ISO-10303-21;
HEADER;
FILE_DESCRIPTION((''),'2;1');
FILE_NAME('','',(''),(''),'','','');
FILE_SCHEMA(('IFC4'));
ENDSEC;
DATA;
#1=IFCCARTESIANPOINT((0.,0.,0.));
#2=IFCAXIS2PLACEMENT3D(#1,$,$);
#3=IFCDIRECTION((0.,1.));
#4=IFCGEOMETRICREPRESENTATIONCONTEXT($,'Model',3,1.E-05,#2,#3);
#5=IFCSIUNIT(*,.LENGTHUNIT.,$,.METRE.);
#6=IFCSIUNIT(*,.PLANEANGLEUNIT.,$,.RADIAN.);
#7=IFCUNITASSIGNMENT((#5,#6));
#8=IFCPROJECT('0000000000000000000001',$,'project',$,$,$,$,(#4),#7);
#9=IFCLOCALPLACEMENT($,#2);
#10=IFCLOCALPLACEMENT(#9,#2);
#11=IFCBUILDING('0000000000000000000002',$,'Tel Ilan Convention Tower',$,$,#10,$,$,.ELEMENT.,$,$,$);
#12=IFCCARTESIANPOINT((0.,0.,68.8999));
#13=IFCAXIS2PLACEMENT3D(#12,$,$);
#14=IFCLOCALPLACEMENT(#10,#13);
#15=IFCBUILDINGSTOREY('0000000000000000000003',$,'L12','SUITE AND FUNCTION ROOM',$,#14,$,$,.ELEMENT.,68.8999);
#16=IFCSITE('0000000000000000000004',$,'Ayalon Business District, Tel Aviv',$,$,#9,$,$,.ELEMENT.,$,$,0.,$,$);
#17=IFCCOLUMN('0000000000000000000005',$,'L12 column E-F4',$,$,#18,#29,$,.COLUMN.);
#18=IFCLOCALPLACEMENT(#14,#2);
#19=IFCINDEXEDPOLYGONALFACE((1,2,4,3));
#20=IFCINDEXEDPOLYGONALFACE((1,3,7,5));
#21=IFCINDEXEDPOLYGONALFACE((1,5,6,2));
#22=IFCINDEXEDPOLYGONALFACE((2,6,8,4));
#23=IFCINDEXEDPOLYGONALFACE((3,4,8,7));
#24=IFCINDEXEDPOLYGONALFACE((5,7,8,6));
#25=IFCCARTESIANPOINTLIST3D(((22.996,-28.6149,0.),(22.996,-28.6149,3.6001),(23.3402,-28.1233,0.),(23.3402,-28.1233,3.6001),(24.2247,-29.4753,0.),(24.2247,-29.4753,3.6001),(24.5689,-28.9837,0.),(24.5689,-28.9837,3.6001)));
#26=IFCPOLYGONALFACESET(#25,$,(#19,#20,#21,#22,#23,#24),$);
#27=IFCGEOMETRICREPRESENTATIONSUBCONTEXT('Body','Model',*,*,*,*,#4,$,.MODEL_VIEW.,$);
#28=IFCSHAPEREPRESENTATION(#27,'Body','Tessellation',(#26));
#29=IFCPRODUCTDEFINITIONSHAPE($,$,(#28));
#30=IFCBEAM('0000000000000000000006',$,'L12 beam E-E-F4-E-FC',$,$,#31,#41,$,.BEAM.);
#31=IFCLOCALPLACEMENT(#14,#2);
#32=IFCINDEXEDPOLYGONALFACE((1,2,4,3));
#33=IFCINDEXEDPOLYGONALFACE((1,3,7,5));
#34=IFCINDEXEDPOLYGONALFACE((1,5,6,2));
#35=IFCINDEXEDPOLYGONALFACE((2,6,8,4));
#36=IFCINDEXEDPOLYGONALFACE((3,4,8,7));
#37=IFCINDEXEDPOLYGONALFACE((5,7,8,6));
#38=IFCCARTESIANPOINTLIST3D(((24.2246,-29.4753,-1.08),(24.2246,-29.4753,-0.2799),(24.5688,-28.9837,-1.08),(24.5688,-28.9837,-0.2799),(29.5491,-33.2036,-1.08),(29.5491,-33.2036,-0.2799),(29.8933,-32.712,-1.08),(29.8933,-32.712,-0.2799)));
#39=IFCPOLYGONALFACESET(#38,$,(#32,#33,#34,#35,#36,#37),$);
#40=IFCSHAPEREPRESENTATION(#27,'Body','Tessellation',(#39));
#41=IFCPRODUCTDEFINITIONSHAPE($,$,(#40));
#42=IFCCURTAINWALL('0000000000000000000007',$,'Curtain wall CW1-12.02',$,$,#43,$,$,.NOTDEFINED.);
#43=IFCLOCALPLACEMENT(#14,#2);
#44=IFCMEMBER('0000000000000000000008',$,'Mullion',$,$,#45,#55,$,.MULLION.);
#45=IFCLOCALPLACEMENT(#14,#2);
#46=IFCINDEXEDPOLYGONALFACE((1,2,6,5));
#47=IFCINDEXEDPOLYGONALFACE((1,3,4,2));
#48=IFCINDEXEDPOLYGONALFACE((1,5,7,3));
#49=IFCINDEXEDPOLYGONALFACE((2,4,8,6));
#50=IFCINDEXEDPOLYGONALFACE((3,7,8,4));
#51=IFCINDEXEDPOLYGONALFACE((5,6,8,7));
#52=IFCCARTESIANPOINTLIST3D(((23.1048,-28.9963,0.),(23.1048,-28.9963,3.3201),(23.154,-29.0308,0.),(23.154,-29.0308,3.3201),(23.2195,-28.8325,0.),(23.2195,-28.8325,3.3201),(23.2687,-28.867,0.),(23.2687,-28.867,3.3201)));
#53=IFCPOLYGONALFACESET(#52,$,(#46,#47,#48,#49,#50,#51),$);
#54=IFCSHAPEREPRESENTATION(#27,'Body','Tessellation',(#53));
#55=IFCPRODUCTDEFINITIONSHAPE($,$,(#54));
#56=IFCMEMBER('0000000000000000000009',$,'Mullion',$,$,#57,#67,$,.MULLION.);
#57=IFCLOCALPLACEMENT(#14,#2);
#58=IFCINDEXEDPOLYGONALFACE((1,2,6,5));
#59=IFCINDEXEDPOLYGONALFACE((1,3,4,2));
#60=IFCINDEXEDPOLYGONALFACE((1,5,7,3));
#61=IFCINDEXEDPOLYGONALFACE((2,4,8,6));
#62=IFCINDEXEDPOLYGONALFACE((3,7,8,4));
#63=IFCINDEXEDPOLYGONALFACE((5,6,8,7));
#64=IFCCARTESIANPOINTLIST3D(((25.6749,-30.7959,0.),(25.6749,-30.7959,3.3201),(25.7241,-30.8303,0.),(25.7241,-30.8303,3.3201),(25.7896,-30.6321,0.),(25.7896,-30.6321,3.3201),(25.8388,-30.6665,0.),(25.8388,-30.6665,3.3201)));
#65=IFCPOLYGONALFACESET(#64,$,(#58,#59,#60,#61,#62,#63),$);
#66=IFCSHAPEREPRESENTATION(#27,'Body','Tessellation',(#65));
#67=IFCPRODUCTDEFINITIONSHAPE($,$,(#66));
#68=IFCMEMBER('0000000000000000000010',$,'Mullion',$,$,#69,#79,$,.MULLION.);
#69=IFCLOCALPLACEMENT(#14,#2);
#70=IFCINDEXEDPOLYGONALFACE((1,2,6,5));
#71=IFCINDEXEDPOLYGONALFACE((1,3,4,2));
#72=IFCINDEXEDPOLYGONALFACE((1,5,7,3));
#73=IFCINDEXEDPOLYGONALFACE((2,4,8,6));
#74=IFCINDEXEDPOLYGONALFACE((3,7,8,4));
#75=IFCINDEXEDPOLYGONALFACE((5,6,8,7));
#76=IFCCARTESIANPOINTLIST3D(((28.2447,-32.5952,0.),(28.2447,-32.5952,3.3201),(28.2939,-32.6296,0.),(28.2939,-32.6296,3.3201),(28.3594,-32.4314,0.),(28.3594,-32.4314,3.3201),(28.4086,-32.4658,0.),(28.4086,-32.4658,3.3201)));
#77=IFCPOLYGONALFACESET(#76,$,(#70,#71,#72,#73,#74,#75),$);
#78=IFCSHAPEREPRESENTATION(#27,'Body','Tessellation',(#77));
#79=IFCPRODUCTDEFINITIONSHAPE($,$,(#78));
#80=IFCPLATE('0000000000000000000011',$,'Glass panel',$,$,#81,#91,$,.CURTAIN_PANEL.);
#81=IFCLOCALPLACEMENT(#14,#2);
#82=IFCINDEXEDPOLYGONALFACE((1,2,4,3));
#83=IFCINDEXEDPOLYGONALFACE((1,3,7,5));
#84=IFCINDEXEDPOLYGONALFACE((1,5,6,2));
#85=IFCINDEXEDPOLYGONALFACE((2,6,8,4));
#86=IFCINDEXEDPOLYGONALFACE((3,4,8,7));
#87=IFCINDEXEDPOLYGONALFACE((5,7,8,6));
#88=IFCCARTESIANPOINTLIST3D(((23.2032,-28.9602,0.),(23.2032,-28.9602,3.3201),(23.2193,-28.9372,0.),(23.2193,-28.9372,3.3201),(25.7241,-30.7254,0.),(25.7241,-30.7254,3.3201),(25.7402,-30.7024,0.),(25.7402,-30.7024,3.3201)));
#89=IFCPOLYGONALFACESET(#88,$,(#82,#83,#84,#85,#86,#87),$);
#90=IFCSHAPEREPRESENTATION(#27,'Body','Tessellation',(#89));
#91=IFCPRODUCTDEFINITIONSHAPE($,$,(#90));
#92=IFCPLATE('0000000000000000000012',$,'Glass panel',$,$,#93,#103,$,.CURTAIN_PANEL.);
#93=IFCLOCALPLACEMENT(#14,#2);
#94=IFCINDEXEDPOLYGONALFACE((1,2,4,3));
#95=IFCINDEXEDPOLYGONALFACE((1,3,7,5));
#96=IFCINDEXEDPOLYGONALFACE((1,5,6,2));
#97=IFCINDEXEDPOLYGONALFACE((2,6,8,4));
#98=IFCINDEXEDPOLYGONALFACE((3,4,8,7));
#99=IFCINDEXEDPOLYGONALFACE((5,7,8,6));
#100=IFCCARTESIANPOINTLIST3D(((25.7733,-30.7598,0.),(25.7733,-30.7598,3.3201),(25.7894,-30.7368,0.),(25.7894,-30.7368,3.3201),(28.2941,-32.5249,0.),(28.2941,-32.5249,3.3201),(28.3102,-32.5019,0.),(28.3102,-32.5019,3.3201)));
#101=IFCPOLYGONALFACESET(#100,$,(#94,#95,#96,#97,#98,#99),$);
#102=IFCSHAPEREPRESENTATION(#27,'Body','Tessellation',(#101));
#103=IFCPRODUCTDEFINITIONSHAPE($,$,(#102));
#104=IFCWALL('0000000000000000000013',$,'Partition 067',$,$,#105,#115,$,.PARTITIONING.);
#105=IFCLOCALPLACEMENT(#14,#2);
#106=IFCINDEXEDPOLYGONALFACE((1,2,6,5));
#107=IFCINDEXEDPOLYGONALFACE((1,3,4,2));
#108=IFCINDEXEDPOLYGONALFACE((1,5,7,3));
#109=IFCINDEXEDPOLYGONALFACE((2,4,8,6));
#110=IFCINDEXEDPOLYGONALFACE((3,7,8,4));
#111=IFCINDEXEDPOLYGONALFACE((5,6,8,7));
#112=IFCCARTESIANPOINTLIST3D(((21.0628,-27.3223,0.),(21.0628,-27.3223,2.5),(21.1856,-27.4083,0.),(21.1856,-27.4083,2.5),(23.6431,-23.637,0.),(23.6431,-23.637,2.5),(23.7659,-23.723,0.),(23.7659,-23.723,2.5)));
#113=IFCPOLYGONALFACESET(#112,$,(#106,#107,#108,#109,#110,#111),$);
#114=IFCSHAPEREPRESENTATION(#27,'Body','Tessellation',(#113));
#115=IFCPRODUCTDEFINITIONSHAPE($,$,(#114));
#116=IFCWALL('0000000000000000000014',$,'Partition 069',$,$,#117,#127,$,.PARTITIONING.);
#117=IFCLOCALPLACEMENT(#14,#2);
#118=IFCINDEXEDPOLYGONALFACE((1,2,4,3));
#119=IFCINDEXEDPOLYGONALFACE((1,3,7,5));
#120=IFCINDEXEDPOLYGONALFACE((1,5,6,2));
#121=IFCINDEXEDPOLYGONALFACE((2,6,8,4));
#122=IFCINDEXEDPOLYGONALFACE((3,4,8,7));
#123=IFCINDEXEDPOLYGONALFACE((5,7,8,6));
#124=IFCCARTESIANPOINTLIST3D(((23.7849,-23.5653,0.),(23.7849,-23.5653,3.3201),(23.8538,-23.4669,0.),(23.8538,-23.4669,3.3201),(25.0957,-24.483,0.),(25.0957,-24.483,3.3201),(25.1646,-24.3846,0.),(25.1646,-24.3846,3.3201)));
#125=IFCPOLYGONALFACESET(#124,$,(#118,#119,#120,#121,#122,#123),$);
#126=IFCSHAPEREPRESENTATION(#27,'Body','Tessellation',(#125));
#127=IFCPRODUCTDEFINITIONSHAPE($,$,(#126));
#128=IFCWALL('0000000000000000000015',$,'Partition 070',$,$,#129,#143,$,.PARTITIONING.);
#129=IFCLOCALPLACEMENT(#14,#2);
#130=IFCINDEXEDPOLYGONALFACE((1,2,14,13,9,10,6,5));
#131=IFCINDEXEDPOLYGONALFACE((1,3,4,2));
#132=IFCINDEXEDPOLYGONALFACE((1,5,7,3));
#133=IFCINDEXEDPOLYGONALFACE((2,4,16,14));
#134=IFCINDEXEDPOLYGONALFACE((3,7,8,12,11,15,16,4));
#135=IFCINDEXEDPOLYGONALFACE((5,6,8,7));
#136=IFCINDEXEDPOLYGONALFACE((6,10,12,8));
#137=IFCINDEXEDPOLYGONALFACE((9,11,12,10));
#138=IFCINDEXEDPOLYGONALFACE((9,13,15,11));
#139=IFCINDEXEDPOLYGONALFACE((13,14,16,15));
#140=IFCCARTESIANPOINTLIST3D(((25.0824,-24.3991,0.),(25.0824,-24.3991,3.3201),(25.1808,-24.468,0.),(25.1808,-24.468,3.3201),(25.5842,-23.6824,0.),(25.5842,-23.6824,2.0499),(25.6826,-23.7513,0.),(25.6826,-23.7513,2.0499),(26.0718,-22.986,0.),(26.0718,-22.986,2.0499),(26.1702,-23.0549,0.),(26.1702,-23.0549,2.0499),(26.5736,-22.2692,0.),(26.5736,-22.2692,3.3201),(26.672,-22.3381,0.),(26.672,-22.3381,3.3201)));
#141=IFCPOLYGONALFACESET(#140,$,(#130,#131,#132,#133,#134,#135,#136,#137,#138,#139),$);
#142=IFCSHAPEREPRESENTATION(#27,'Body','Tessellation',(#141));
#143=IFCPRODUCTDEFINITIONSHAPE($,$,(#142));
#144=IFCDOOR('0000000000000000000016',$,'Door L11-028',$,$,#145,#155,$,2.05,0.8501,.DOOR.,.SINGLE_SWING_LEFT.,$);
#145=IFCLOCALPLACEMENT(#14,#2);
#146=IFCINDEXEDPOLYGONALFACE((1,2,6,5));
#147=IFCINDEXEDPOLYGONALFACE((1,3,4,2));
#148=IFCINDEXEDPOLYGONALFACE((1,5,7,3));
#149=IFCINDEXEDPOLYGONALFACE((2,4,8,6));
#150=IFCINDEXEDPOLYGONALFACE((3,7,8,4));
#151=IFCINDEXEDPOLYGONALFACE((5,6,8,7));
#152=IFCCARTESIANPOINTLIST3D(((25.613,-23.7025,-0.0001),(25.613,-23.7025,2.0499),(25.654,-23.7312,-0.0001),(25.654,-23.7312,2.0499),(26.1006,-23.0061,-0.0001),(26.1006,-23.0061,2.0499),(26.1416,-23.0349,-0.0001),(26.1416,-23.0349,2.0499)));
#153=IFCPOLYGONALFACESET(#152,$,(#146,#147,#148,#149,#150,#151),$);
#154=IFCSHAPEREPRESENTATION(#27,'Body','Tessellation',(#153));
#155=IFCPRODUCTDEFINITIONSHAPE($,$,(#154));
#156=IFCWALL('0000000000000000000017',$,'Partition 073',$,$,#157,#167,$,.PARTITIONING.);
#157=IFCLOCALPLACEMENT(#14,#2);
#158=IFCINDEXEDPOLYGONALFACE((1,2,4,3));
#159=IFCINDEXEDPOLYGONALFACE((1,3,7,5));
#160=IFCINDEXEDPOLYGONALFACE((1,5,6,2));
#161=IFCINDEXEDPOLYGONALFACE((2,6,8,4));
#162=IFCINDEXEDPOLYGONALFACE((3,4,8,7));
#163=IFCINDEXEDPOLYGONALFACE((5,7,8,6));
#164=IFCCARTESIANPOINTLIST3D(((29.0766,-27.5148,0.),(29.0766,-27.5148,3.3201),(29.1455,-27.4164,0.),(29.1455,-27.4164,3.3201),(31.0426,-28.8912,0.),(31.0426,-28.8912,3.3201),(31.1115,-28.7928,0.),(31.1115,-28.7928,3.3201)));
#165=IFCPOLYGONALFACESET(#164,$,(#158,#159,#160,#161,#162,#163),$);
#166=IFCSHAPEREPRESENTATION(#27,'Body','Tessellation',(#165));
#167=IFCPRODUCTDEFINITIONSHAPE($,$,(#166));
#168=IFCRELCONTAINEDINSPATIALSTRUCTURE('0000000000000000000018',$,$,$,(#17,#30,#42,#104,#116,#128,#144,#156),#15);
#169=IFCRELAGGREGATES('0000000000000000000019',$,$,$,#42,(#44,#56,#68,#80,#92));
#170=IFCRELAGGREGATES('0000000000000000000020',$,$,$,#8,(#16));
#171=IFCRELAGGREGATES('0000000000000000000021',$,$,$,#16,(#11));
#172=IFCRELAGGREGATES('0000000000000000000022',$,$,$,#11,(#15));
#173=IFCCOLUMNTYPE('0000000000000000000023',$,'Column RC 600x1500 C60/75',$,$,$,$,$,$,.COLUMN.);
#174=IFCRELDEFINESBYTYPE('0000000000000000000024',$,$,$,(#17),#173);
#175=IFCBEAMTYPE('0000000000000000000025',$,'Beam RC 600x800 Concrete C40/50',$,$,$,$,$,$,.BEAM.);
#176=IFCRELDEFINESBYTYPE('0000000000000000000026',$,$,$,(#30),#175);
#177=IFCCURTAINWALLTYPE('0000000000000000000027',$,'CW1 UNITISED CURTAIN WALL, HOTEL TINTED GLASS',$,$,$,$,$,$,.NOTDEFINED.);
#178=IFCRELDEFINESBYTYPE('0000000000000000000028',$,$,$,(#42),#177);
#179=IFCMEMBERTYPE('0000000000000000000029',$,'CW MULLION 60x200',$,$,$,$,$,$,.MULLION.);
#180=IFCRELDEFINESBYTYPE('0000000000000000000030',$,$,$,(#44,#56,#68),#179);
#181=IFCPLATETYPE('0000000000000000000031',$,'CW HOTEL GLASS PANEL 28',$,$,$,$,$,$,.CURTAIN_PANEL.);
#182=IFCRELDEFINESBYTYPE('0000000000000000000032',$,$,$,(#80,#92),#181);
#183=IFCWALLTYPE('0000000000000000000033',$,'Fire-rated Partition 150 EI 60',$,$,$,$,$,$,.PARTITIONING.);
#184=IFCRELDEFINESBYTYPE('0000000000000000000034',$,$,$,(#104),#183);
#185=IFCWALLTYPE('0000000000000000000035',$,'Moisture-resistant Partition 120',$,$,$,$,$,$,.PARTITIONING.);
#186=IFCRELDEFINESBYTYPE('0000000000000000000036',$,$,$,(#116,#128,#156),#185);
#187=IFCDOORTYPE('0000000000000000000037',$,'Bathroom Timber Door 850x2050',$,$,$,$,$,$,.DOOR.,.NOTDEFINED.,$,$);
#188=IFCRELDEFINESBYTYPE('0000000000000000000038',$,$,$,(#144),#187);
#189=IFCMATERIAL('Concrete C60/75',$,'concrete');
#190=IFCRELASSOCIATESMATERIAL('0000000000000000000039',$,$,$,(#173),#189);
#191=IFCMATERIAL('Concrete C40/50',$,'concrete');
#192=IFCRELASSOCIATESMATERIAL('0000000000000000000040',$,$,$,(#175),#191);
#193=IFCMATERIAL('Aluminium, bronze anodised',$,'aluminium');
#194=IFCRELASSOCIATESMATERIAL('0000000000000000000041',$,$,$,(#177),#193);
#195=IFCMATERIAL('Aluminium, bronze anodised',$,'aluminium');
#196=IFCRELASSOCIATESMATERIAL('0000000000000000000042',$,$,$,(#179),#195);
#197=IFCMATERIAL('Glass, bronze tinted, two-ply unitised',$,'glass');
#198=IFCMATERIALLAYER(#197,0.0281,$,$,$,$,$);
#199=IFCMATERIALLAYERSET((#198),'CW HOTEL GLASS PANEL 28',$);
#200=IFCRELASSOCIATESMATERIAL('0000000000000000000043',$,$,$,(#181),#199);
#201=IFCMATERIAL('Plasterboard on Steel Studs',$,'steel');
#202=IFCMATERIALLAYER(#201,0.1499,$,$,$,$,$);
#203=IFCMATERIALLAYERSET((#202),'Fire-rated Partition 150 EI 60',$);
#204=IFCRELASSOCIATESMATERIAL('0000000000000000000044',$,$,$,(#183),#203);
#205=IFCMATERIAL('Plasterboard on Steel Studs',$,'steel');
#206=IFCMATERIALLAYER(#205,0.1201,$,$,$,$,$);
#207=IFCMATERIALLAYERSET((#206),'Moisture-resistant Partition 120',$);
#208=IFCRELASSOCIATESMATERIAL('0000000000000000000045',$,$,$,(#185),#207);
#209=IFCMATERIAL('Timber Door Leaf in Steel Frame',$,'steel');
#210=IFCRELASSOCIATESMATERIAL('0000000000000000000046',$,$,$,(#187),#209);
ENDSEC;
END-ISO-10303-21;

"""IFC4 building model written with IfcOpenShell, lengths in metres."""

from ifc_helpers import new_model, si_unit, direction, frame, frame_2d, origin, origin_2d, place, context, subcontext, project, spatial, rectangle, extrude, material, layer, layer_set, material_profile, profile_set, type_object, element, fill, aggregate, save


model = new_model("IFC4")

# Units and contexts
model_context = context("Model", 3, precision=1e-05, world=origin(), true_north=direction((0.0, 1.0)))
body_context = subcontext(model_context, "Body", "Model", "MODEL_VIEW")
ifc_project = project(units=[si_unit("LENGTHUNIT", "METRE"), si_unit("PLANEANGLEUNIT", "RADIAN")], contexts=[model_context])

# Site, building, storey
site_placement = place(None, origin())
site = spatial("IfcSite", under=ifc_project, at=site_placement, Name="Ayalon Business District, Tel Aviv", CompositionType="ELEMENT", RefElevation=0.0)
building_placement = place(site_placement, origin())
building = spatial("IfcBuilding", under=site, at=building_placement, Name="Tel Ilan Convention Tower", CompositionType="ELEMENT")
storey_placement = place(building_placement, frame((0.0, 0.0, 68.8999)))
storey = spatial("IfcBuildingStorey", under=building, at=storey_placement, Name="L12", Description="SUITE AND FUNCTION ROOM", CompositionType="ELEMENT", Elevation=68.8999)

# Column
ifc_material_1 = material(Name="Concrete C60/75", Category="concrete")
ifc_material_profile_1 = material_profile(ifc_material_1, rectangle(XDim=1.5, YDim=0.6001, at=origin_2d()), Name="RC 600x1500")
ifc_profile_set_1 = profile_set([ifc_material_profile_1], Name="Concrete C60/75")
column_type = type_object("IfcColumnType", Name="Column RC 600x1500 C60/75", PredefinedType="COLUMN", material=ifc_profile_set_1)
column_placement = place(storey_placement, frame((23.7825, -28.7993, 0.0), z_axis=(0.0, 0.0, 1.0), x_axis=(0.819152, -0.573576, 0.0)))
element("IfcColumn", 1, at=column_placement, inside=storey, type_object=column_type, Name="L12 column E-F4", PredefinedType="COLUMN", context=body_context, shape_type="SweptSolid", body=[
    extrude(rectangle(XDim=1.5, YDim=0.6001, at=origin_2d()), origin(), (0.0, 0.0, 1.0), 3.6001),
])

# Beam
ifc_material_2 = material(Name="Concrete C40/50", Category="concrete")
ifc_material_profile_2 = material_profile(ifc_material_2, rectangle(XDim=0.6001, YDim=0.8, at=origin_2d()), Name="RC 600x800")
ifc_profile_set_2 = profile_set([ifc_material_profile_2], Name="Concrete C40/50")
beam_type = type_object("IfcBeamType", Name="Beam RC 600x800 Concrete C40/50", PredefinedType="BEAM", material=ifc_profile_set_2)
beam_placement = place(storey_placement, frame((24.3967, -29.2295, -0.6799), z_axis=(0.819149, -0.573581, 0.0), x_axis=(0.573581, 0.819149, 0.0)))
element("IfcBeam", 2, at=beam_placement, inside=storey, type_object=beam_type, Name="L12 beam E-E-F4-E-FC", PredefinedType="BEAM", context=body_context, shape_type="SweptSolid", body=[
    extrude(rectangle(XDim=0.6001, YDim=0.8, at=origin_2d()), origin(), (0.0, 0.0, 1.0), 6.5),
])

# Curtain wall, members, plates
ifc_material_3 = material(Name="Aluminium, bronze anodised", Category="aluminium")
curtain_wall_type = type_object("IfcCurtainWallType", Name="CW1 UNITISED CURTAIN WALL, HOTEL TINTED GLASS", PredefinedType="NOTDEFINED", material=ifc_material_3)
curtain_wall_placement = place(storey_placement, origin())
curtain_wall = element("IfcCurtainWall", 3, at=curtain_wall_placement, inside=storey, type_object=curtain_wall_type, Name="Curtain wall CW1-12.02", PredefinedType="NOTDEFINED")
ifc_material_4 = material(Name="Aluminium, bronze anodised", Category="aluminium")
ifc_material_profile_3 = material_profile(ifc_material_4, rectangle(XDim=0.0601, YDim=0.2, at=origin_2d()), Name="CW MULLION 60x200")
ifc_profile_set_3 = profile_set([ifc_material_profile_3], Name="Aluminium, bronze anodised")
member_type = type_object("IfcMemberType", Name="CW MULLION 60x200", PredefinedType="MULLION", material=ifc_profile_set_3)
member_1_placement = place(storey_placement, frame((23.1868, -28.9316, 0.0), z_axis=(0.0, 0.0, 1.0), x_axis=(0.819152, -0.573576, 0.0)))
member_1 = element("IfcMember", 4, at=member_1_placement, type_object=member_type, Name="Mullion", PredefinedType="MULLION", context=body_context, shape_type="SweptSolid", body=[
    extrude(rectangle(XDim=0.0601, YDim=0.2, at=origin_2d()), origin(), (0.0, 0.0, 1.0), 3.3201),
])
member_2_placement = place(storey_placement, frame((25.7568, -30.7312, 0.0), z_axis=(0.0, 0.0, 1.0), x_axis=(0.819152, -0.573576, 0.0)))
member_2 = element("IfcMember", 5, at=member_2_placement, type_object=member_type, Name="Mullion", PredefinedType="MULLION", context=body_context, shape_type="SweptSolid", body=[
    extrude(rectangle(XDim=0.0601, YDim=0.2, at=origin_2d()), origin(), (0.0, 0.0, 1.0), 3.3201),
])
member_3_placement = place(storey_placement, frame((28.3267, -32.5305, 0.0), z_axis=(0.0, 0.0, 1.0), x_axis=(0.819152, -0.573576, 0.0)))
member_3 = element("IfcMember", 6, at=member_3_placement, type_object=member_type, Name="Mullion", PredefinedType="MULLION", context=body_context, shape_type="SweptSolid", body=[
    extrude(rectangle(XDim=0.0601, YDim=0.2, at=origin_2d()), origin(), (0.0, 0.0, 1.0), 3.3201),
])
ifc_material_5 = material(Name="Glass, bronze tinted, two-ply unitised", Category="glass")
ifc_layer_1 = layer(ifc_material_5, 0.0281)
ifc_layer_set_1 = layer_set([ifc_layer_1], Name="CW HOTEL GLASS PANEL 28")
plate_type = type_object("IfcPlateType", Name="CW HOTEL GLASS PANEL 28", PredefinedType="CURTAIN_PANEL", material=ifc_layer_set_1)
plate_1_placement = place(storey_placement, frame((24.4717, -29.8313, 0.0), z_axis=(0.0, 0.0, 1.0), x_axis=(0.819152, -0.573576, 0.0)))
plate_1 = element("IfcPlate", 7, at=plate_1_placement, type_object=plate_type, Name="Glass panel", PredefinedType="CURTAIN_PANEL", context=body_context, shape_type="SweptSolid", body=[
    extrude(rectangle(XDim=3.0774, YDim=0.0281, at=origin_2d()), origin(), (0.0, 0.0, 1.0), 3.3201),
])
plate_2_placement = place(storey_placement, frame((27.0417, -31.6309, 0.0), z_axis=(0.0, 0.0, 1.0), x_axis=(0.819152, -0.573576, 0.0)))
plate_2 = element("IfcPlate", 8, at=plate_2_placement, type_object=plate_type, Name="Glass panel", PredefinedType="CURTAIN_PANEL", context=body_context, shape_type="SweptSolid", body=[
    extrude(rectangle(XDim=3.0774, YDim=0.0281, at=origin_2d()), origin(), (0.0, 0.0, 1.0), 3.3201),
])
aggregate(curtain_wall, [member_1, member_2, member_3, plate_1, plate_2])

# Walls
ifc_material_6 = material(Name="Plasterboard on Steel Studs", Category="steel")
ifc_layer_2 = layer(ifc_material_6, 0.1499)
ifc_layer_set_2 = layer_set([ifc_layer_2], Name="Fire-rated Partition 150 EI 60")
wall_type_1 = type_object("IfcWallType", Name="Fire-rated Partition 150 EI 60", PredefinedType="PARTITIONING", material=ifc_layer_set_2)
wall_1_placement = place(storey_placement, frame((23.7046, -23.6799, 0.0), z_axis=(0.0, 0.0, 1.0), x_axis=(-0.573553, -0.819168, 0.0)))
element("IfcWall", 9, at=wall_1_placement, inside=storey, type_object=wall_type_1, Name="Partition 067", PredefinedType="PARTITIONING", context=body_context, shape_type="SweptSolid", body=[
    extrude(rectangle(XDim=4.4988, YDim=0.1499, at=frame_2d((2.2495, 0.0))), origin(), (0.0, 0.0, 1.0), 2.5),
])
ifc_material_7 = material(Name="Plasterboard on Steel Studs", Category="steel")
ifc_layer_3 = layer(ifc_material_7, 0.1201)
ifc_layer_set_3 = layer_set([ifc_layer_3], Name="Moisture-resistant Partition 120")
wall_type_2 = type_object("IfcWallType", Name="Moisture-resistant Partition 120", PredefinedType="PARTITIONING", material=ifc_layer_set_3)
wall_2_placement = place(storey_placement, frame((23.8193, -23.5161, 0.0), z_axis=(0.0, 0.0, 1.0), x_axis=(0.819182, -0.573534, 0.0)))
element("IfcWall", 10, at=wall_2_placement, inside=storey, type_object=wall_type_2, Name="Partition 069", PredefinedType="PARTITIONING", context=body_context, shape_type="SweptSolid", body=[
    extrude(rectangle(XDim=1.6001, YDim=0.1201, at=frame_2d((0.8, 0.0))), origin(), (0.0, 0.0, 1.0), 3.3201),
])

# Wall, opening, door
wall_3_placement = place(storey_placement, frame((25.1316, -24.4336, 0.0), z_axis=(0.0, 0.0, 1.0), x_axis=(0.573538, 0.819179, 0.0)))
wall_3 = element("IfcWall", 11, at=wall_3_placement, inside=storey, type_object=wall_type_2, Name="Partition 070", PredefinedType="PARTITIONING", context=body_context, shape_type="SweptSolid", body=[
    extrude(rectangle(XDim=2.6001, YDim=0.1201, at=frame_2d((1.3, 0.0))), origin(), (0.0, 0.0, 1.0), 3.3201),
])
opening_placement = place(wall_3_placement, frame((0.875, 0.0, 0.0)))
opening = element("IfcOpeningElement", 12, at=opening_placement, cuts=wall_3, PredefinedType="OPENING", context=body_context, shape_type="SweptSolid", body=[
    extrude(rectangle(XDim=0.8501, YDim=2.05, at=frame_2d((0.425, 1.0249))), frame((0.0, 0.0701, 0.0), z_axis=(0.0, -1.0, 0.0), x_axis=(1.0, 0.0, 0.0)), (0.0, 0.0, 1.0), 0.1401),
])
ifc_material_8 = material(Name="Timber Door Leaf in Steel Frame", Category="steel")
door_type = type_object("IfcDoorType", Name="Bathroom Timber Door 850x2050", OperationType="NOTDEFINED", PredefinedType="DOOR", material=ifc_material_8)
door_placement = place(opening_placement, origin())
door = element("IfcDoor", 13, at=door_placement, inside=storey, type_object=door_type, Name="Door L11-028", OperationType="SINGLE_SWING_LEFT", OverallHeight=2.05, OverallWidth=0.8501, PredefinedType="DOOR", context=body_context, shape_type="SweptSolid", body=[
    extrude(rectangle(XDim=0.8501, YDim=2.05, at=frame_2d((0.425, 1.0249))), frame((0.0, 0.0249, 0.0), z_axis=(0.0, -1.0, 0.0), x_axis=(1.0, 0.0, 0.0)), (0.0, 0.0, 1.0), 0.05),
])
fill(opening, door)

# Wall
wall_4_placement = place(storey_placement, frame((29.1111, -27.4656, 0.0), z_axis=(0.0, 0.0, 1.0), x_axis=(0.819189, -0.573524, 0.0)))
element("IfcWall", 14, at=wall_4_placement, inside=storey, type_object=wall_type_2, Name="Partition 073", PredefinedType="PARTITIONING", context=body_context, shape_type="SweptSolid", body=[
    extrude(rectangle(XDim=2.3999, YDim=0.1201, at=frame_2d((1.2, 0.0))), origin(), (0.0, 0.0, 1.0), 3.3201),
])

save(model, "model.ifc")
